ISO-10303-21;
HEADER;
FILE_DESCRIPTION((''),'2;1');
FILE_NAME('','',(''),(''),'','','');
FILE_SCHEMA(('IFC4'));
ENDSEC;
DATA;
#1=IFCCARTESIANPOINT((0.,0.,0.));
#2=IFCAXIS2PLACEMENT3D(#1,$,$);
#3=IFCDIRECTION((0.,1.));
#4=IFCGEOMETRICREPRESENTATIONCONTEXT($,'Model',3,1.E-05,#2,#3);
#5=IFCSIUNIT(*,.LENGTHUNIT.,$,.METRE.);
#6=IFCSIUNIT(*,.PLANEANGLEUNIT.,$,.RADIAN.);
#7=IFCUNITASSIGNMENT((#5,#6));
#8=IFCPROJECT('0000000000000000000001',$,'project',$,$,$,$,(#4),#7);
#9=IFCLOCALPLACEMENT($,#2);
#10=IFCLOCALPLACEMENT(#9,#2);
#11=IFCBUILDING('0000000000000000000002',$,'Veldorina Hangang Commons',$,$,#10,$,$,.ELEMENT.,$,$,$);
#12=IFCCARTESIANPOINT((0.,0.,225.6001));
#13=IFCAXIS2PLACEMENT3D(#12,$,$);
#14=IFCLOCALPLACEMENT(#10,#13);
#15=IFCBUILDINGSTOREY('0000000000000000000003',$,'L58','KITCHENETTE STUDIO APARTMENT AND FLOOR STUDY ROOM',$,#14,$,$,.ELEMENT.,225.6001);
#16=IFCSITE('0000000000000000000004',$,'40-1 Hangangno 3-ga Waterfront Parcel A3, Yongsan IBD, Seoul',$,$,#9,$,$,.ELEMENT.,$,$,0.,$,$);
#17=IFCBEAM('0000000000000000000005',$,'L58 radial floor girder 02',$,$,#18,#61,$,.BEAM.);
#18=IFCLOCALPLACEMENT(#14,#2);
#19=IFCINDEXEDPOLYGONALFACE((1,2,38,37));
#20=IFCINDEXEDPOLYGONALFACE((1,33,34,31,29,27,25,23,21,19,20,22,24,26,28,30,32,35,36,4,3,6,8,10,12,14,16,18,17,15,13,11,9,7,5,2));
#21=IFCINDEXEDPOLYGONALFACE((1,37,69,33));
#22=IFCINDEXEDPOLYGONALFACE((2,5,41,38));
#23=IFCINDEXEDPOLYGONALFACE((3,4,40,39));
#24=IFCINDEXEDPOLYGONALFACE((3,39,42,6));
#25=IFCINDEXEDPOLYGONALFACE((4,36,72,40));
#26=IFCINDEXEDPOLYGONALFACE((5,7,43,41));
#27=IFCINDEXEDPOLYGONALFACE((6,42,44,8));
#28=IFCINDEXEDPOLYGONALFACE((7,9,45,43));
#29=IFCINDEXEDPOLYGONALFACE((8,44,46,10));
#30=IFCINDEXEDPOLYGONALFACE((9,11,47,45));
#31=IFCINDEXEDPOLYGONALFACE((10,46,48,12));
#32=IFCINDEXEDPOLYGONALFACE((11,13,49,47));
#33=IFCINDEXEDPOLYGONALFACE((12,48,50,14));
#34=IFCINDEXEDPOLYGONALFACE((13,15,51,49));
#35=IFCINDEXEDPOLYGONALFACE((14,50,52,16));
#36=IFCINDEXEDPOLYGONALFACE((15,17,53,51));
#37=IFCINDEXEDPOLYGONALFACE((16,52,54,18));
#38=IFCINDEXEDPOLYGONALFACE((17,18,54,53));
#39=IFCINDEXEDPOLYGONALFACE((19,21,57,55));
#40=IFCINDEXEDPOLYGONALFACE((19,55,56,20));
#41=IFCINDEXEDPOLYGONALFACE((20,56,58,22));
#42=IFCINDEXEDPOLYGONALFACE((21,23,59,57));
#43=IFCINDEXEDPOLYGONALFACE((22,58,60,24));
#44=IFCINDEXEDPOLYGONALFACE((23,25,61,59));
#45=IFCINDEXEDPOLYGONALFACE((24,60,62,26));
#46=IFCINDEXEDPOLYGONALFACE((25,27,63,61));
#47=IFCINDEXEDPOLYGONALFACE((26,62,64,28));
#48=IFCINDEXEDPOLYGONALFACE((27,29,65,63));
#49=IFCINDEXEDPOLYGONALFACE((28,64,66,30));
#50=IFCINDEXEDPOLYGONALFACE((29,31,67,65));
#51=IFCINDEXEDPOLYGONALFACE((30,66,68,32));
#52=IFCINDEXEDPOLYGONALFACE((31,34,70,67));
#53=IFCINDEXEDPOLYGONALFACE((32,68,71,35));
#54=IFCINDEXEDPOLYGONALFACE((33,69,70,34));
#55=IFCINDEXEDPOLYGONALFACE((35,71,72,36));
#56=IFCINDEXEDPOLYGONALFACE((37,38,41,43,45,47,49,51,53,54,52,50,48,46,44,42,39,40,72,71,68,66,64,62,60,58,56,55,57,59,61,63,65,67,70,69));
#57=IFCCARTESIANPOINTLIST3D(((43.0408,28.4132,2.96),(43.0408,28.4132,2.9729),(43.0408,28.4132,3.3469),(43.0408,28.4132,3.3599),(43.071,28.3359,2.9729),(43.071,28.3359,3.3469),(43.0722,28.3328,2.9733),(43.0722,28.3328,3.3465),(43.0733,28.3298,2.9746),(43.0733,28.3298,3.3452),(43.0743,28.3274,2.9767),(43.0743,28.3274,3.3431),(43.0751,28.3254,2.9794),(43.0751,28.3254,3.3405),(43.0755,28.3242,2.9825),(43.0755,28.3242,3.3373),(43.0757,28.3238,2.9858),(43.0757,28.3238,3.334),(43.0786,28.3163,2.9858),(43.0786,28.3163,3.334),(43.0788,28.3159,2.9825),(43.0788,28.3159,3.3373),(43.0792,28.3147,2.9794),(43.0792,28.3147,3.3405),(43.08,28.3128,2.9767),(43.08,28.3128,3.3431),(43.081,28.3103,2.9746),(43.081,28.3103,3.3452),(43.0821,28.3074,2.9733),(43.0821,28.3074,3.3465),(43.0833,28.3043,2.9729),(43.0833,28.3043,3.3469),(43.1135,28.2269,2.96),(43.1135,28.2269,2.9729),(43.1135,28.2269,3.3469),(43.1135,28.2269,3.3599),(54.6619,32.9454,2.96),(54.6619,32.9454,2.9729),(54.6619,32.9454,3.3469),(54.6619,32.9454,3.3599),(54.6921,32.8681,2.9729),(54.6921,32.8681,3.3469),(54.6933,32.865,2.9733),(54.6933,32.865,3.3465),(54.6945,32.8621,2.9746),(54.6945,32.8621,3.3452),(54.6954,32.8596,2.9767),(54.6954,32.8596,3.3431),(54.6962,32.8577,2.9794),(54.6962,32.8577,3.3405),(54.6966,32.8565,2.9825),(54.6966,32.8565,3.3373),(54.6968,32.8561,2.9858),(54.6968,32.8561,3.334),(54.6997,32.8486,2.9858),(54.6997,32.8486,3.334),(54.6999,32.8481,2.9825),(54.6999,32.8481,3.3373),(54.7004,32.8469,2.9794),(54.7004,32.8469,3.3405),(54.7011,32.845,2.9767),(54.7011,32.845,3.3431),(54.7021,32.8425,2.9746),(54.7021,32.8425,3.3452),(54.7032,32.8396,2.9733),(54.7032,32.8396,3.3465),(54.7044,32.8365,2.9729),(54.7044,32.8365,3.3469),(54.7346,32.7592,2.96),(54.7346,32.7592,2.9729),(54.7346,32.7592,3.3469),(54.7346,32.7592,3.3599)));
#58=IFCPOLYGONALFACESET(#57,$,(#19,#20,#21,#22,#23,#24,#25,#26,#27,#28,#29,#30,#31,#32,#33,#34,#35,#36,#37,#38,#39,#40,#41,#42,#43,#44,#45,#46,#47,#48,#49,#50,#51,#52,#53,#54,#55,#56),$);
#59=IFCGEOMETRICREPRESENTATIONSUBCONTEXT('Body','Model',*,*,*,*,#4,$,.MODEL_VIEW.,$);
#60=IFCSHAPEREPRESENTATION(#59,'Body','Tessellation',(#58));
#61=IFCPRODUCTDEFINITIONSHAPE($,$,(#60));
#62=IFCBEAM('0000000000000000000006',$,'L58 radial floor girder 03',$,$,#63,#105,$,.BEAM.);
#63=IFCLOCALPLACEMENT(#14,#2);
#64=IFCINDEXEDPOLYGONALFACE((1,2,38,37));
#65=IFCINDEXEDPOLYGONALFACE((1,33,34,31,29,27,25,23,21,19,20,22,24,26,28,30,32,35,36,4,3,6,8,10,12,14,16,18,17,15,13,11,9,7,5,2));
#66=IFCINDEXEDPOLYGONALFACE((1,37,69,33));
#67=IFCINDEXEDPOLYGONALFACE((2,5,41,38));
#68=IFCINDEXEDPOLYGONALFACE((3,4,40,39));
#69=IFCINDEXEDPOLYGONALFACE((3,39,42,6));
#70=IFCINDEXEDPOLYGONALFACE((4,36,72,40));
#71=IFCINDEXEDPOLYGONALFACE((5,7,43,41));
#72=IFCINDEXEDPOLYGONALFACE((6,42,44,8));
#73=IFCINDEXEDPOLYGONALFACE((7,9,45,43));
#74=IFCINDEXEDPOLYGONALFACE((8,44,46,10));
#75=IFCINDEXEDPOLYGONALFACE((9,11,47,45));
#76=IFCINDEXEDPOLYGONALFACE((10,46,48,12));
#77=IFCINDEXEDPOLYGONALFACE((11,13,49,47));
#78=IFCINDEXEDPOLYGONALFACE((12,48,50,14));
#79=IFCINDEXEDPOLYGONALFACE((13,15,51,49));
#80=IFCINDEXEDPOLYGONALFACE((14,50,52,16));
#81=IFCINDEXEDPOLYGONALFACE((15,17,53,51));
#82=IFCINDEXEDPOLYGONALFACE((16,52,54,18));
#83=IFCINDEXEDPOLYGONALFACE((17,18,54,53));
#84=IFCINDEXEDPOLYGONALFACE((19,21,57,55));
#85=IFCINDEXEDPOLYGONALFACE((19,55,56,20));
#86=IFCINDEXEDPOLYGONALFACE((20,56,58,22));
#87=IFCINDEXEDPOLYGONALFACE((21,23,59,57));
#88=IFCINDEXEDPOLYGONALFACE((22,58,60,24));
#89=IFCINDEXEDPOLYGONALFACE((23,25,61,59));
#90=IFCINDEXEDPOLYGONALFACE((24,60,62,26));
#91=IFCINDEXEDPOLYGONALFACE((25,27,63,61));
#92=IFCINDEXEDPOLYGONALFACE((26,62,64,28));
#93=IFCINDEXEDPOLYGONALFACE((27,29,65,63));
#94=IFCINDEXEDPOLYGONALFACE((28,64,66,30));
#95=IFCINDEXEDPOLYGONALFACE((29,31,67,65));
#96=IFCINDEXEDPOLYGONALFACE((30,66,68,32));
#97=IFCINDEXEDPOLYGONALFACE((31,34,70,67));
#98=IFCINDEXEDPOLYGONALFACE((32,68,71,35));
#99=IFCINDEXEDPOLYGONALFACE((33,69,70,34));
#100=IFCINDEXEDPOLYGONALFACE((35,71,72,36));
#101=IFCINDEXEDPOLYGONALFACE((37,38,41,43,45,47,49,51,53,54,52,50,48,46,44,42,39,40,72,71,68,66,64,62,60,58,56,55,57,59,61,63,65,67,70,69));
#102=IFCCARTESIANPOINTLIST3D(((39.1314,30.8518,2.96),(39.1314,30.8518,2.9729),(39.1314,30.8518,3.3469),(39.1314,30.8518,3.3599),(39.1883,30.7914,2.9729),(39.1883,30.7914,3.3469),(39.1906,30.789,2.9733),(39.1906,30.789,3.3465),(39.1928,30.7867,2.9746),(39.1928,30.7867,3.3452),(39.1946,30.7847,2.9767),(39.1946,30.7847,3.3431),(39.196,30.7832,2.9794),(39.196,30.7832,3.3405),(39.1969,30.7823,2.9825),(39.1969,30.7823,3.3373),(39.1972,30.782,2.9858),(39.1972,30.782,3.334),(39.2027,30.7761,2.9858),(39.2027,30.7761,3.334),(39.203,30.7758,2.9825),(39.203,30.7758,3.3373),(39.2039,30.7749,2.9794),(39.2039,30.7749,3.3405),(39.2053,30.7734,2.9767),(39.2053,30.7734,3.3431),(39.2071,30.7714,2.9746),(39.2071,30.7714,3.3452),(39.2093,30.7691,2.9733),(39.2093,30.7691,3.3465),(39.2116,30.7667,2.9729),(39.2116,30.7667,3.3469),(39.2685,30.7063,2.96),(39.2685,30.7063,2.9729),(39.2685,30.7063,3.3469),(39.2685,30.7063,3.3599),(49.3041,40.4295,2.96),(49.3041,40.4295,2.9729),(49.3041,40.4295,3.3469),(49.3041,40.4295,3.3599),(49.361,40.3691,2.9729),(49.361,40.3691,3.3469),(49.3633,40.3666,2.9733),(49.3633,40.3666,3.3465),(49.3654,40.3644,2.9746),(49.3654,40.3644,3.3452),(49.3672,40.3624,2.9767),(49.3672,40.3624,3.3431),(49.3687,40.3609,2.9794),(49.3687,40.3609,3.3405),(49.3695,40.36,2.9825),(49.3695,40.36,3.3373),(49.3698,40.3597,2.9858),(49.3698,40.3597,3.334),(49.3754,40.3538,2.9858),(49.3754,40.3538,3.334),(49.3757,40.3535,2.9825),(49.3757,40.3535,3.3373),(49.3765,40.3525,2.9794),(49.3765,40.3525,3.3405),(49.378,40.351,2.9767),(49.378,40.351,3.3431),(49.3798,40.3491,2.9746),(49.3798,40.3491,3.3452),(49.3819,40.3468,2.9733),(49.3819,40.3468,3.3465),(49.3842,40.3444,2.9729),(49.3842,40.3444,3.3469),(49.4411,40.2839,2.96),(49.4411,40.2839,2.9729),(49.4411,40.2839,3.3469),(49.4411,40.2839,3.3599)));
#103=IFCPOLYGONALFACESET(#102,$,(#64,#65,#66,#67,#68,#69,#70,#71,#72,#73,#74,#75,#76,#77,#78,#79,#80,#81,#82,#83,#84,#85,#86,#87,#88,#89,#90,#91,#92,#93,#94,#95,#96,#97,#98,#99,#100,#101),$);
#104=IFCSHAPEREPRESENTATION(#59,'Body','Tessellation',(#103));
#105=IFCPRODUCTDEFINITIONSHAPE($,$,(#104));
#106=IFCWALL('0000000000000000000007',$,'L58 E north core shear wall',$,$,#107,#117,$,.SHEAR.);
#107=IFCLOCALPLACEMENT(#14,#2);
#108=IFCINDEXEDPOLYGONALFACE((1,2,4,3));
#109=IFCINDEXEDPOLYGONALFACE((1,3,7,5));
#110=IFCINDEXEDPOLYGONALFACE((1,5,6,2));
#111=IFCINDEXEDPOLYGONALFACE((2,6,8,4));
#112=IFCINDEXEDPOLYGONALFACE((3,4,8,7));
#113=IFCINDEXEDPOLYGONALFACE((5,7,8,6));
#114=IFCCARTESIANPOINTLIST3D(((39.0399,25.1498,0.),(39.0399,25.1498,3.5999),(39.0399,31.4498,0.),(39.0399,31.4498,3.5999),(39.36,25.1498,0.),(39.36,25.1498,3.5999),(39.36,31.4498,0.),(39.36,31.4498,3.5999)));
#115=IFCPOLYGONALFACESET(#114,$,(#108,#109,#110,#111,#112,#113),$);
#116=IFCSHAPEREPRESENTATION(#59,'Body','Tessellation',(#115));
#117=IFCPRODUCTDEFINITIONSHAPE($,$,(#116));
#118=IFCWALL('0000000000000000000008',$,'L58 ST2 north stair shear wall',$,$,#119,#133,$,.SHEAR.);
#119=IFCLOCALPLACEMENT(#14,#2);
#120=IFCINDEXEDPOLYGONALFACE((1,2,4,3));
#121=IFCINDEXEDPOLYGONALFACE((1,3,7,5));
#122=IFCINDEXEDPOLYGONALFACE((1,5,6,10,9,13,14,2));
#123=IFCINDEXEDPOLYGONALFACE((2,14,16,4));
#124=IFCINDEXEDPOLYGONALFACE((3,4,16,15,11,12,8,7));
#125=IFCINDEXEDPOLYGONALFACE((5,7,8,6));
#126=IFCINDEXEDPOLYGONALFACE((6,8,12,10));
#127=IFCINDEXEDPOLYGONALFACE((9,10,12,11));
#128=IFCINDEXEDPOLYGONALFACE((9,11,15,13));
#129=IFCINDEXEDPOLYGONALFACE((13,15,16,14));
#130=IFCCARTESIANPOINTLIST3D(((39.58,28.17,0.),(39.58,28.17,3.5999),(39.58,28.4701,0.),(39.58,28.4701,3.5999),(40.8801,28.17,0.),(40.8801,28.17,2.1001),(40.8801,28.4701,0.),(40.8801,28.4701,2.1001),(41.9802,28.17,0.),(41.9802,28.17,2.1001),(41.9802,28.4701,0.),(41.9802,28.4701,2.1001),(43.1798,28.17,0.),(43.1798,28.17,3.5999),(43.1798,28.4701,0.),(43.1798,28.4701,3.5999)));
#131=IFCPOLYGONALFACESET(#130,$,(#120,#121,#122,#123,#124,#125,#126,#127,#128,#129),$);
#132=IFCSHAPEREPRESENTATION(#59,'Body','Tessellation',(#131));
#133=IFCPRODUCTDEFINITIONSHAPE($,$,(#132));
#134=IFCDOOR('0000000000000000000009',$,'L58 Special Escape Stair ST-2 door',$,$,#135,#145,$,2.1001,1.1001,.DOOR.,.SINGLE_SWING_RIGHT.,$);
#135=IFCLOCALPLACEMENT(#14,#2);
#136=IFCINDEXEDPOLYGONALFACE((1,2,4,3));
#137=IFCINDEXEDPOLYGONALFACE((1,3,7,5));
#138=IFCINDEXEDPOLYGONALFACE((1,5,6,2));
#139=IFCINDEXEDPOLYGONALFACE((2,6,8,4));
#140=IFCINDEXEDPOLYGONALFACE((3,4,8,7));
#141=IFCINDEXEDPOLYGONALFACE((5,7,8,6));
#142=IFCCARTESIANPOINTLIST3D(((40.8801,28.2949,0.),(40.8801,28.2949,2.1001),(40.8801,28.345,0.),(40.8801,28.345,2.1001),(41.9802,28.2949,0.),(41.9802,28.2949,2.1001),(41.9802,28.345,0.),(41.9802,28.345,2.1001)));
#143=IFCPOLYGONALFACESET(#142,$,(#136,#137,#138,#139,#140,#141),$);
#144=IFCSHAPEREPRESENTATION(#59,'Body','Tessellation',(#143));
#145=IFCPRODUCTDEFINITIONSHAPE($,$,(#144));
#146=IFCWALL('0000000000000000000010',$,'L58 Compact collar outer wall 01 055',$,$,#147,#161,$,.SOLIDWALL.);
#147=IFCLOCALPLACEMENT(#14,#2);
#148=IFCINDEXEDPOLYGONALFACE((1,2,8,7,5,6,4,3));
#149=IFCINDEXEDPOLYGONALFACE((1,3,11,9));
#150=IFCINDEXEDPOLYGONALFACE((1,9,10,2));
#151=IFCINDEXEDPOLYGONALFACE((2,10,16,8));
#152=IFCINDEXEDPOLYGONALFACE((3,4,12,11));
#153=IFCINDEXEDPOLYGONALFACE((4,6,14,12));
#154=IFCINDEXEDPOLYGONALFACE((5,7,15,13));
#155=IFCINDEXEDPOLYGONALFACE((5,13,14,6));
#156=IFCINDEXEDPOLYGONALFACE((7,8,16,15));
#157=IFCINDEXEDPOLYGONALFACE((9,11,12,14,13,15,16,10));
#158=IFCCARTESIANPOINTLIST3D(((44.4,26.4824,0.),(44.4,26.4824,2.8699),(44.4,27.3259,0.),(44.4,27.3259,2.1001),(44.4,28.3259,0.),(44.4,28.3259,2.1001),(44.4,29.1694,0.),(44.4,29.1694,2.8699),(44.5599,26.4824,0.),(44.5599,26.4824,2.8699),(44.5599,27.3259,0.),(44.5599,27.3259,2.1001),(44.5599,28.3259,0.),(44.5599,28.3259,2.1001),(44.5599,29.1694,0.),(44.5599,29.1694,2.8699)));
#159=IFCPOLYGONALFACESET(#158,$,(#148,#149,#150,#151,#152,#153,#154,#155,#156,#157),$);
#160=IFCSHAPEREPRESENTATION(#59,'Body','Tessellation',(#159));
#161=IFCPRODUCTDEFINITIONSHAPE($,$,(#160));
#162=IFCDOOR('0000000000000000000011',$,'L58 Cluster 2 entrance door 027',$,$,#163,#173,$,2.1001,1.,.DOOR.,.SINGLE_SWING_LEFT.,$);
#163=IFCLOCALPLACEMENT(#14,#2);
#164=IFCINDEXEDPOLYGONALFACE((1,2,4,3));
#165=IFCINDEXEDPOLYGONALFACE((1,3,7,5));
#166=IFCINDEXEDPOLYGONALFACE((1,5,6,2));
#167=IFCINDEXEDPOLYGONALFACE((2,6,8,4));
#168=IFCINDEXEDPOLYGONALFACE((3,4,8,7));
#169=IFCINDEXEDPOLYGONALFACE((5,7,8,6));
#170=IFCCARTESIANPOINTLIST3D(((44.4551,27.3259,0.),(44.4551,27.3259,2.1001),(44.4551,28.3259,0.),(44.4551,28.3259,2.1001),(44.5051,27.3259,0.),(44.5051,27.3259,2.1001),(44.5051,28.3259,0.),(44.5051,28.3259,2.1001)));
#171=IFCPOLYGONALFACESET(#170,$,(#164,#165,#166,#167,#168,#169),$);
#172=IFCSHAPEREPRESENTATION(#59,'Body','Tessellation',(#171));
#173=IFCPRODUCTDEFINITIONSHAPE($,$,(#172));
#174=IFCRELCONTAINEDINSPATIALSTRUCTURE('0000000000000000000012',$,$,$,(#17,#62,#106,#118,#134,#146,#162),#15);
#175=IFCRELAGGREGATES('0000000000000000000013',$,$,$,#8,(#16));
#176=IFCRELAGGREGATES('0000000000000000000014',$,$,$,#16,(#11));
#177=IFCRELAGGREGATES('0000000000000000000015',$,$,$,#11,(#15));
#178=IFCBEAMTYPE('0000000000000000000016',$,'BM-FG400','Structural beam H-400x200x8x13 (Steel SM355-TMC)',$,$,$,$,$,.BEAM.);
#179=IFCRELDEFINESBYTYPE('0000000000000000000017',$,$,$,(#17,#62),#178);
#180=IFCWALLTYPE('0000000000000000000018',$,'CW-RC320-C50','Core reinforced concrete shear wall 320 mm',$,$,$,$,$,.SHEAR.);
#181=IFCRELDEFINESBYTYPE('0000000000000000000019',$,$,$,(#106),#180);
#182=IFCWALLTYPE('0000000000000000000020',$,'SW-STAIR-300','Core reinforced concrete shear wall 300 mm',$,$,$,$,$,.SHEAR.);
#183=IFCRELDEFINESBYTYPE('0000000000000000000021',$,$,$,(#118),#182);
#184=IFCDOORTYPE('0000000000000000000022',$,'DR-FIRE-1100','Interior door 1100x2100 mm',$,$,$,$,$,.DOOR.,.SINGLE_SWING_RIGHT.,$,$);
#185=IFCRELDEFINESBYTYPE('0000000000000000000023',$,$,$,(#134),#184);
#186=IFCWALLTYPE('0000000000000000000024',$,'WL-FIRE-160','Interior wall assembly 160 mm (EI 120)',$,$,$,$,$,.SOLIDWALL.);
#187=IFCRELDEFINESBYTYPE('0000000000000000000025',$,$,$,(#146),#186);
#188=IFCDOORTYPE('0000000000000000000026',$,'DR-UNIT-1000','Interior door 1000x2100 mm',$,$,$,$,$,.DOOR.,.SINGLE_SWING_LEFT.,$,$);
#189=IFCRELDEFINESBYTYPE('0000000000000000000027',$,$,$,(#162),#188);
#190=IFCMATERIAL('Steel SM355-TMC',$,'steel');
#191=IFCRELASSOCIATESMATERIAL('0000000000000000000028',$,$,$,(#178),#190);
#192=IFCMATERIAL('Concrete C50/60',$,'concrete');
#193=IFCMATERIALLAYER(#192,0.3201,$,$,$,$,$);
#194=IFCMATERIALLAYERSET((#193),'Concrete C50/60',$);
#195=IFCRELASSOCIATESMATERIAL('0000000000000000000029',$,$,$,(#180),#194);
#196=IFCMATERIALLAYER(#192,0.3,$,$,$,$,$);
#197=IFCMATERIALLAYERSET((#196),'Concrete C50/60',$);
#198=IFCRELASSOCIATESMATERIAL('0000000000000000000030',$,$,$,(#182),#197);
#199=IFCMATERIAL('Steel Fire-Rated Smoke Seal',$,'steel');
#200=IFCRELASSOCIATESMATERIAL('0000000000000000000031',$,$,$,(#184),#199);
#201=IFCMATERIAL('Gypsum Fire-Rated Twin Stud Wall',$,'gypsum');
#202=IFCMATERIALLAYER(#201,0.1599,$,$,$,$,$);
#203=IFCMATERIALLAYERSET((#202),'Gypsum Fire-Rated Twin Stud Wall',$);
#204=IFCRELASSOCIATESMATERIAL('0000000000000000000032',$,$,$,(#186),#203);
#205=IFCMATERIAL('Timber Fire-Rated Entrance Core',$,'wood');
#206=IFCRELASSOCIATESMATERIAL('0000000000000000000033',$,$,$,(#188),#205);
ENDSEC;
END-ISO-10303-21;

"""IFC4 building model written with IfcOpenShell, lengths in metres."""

from ifc_helpers import new_model, si_unit, direction, frame, frame_2d, origin, origin_2d, place, context, subcontext, project, spatial, rectangle, i_section, extrude, material, layer, layer_set, material_profile, profile_set, type_object, element, fill, save


model = new_model("IFC4")

# Units and contexts
model_context = context("Model", 3, precision=1e-05, world=origin(), true_north=direction((0.0, 1.0)))
body_context = subcontext(model_context, "Body", "Model", "MODEL_VIEW")
ifc_project = project(units=[si_unit("LENGTHUNIT", "METRE"), si_unit("PLANEANGLEUNIT", "RADIAN")], contexts=[model_context])

# Site, building, storey
site_placement = place(None, origin())
site = spatial("IfcSite", under=ifc_project, at=site_placement, Name="40-1 Hangangno 3-ga Waterfront Parcel A3, Yongsan IBD, Seoul", CompositionType="ELEMENT", RefElevation=0.0)
building_placement = place(site_placement, origin())
building = spatial("IfcBuilding", under=site, at=building_placement, Name="Veldorina Hangang Commons", CompositionType="ELEMENT")
storey_placement = place(building_placement, frame((0.0, 0.0, 225.6001)))
storey = spatial("IfcBuildingStorey", under=building, at=storey_placement, Name="L58", Description="KITCHENETTE STUDIO APARTMENT AND FLOOR STUDY ROOM", CompositionType="ELEMENT", Elevation=225.6001)

# Beams
ifc_material_1 = material(Name="Steel SM355-TMC", Category="steel")
ifc_material_profile = material_profile(ifc_material_1, i_section(OverallWidth=0.2, OverallDepth=0.3999, WebThickness=0.0081, FlangeThickness=0.0129, FilletRadius=0.0129, at=origin_2d()), Name="H-400x200x8x13")
ifc_profile_set = profile_set([ifc_material_profile], Name="Steel SM355-TMC")
beam_type = type_object("IfcBeamType", Name="BM-FG400", Description="Structural beam H-400x200x8x13 (Steel SM355-TMC)", PredefinedType="BEAM", material=ifc_profile_set)
beam_1_placement = place(storey_placement, frame((43.0771, 28.3201, 3.1599), z_axis=(0.931655, 0.363345, 0.0), x_axis=(-0.363345, 0.931655, 0.0)))
element("IfcBeam", 1, at=beam_1_placement, inside=storey, type_object=beam_type, Name="L58 radial floor girder 02", PredefinedType="BEAM", context=body_context, shape_type="SweptSolid", body=[
    extrude(i_section(OverallWidth=0.2, OverallDepth=0.3999, WebThickness=0.0081, FlangeThickness=0.0129, FilletRadius=0.0129, at=origin_2d()), origin(), (0.0, 0.0, 1.0), 12.4736),
])
beam_2_placement = place(storey_placement, frame((39.2, 30.7791, 3.1599), z_axis=(0.728078, 0.685494, 0.0), x_axis=(-0.685494, 0.728078, 0.0)))
element("IfcBeam", 2, at=beam_2_placement, inside=storey, type_object=beam_type, Name="L58 radial floor girder 03", PredefinedType="BEAM", context=body_context, shape_type="SweptSolid", body=[
    extrude(i_section(OverallWidth=0.2, OverallDepth=0.3999, WebThickness=0.0081, FlangeThickness=0.0129, FilletRadius=0.0129, at=origin_2d()), origin(), (0.0, 0.0, 1.0), 13.9719),
])

# Wall
ifc_material_2 = material(Name="Concrete C50/60", Category="concrete")
ifc_layer_1 = layer(ifc_material_2, 0.3201)
ifc_layer_set_1 = layer_set([ifc_layer_1], Name="Concrete C50/60")
wall_type_1 = type_object("IfcWallType", Name="CW-RC320-C50", Description="Core reinforced concrete shear wall 320 mm", PredefinedType="SHEAR", material=ifc_layer_set_1)
wall_1_placement = place(storey_placement, frame((39.2, 25.1499, 0.0), z_axis=(0.0, 0.0, 1.0), x_axis=(0.0, 1.0, 0.0)))
element("IfcWall", 3, at=wall_1_placement, inside=storey, type_object=wall_type_1, Name="L58 E north core shear wall", PredefinedType="SHEAR", context=body_context, shape_type="SweptSolid", body=[
    extrude(rectangle(XDim=6.3, YDim=0.3201, at=frame_2d((3.1499, 0.0))), origin(), (0.0, 0.0, 1.0), 3.5999),
])

# Walls, openings, doors
ifc_layer_2 = layer(ifc_material_2, 0.3)
ifc_layer_set_2 = layer_set([ifc_layer_2], Name="Concrete C50/60")
wall_type_2 = type_object("IfcWallType", Name="SW-STAIR-300", Description="Core reinforced concrete shear wall 300 mm", PredefinedType="SHEAR", material=ifc_layer_set_2)
wall_2_placement = place(storey_placement, frame((39.5801, 28.3201, 0.0), z_axis=(0.0, 0.0, 1.0), x_axis=(1.0, 0.0, 0.0)))
wall_2 = element("IfcWall", 4, at=wall_2_placement, inside=storey, type_object=wall_type_2, Name="L58 ST2 north stair shear wall", PredefinedType="SHEAR", context=body_context, shape_type="SweptSolid", body=[
    extrude(rectangle(XDim=3.5999, YDim=0.3, at=frame_2d((1.7998, 0.0))), origin(), (0.0, 0.0, 1.0), 3.5999),
])
opening_1_placement = place(wall_2_placement, frame((1.3, 0.0, 0.0)))
opening_1 = element("IfcOpeningElement", 5, at=opening_1_placement, cuts=wall_2, PredefinedType="OPENING", context=body_context, shape_type="SweptSolid", body=[
    extrude(rectangle(XDim=1.1001, YDim=2.1001, at=frame_2d((0.55, 1.05))), frame((0.0, 0.1602, 0.0), z_axis=(0.0, -1.0, 0.0), x_axis=(1.0, 0.0, 0.0)), (0.0, 0.0, 1.0), 0.3201),
])
ifc_material_3 = material(Name="Steel Fire-Rated Smoke Seal", Category="steel")
door_type_1 = type_object("IfcDoorType", Name="DR-FIRE-1100", Description="Interior door 1100x2100 mm", OperationType="SINGLE_SWING_RIGHT", PredefinedType="DOOR", material=ifc_material_3)
door_1_placement = place(opening_1_placement, origin())
door_1 = element("IfcDoor", 6, at=door_1_placement, inside=storey, type_object=door_type_1, Name="L58 Special Escape Stair ST-2 door", OperationType="SINGLE_SWING_RIGHT", OverallHeight=2.1001, OverallWidth=1.1001, PredefinedType="DOOR", context=body_context, shape_type="SweptSolid", body=[
    extrude(rectangle(XDim=1.1001, YDim=2.1001, at=frame_2d((0.55, 1.05))), frame((0.0, 0.0249, 0.0), z_axis=(0.0, -1.0, 0.0), x_axis=(1.0, 0.0, 0.0)), (0.0, 0.0, 1.0), 0.05),
])
fill(opening_1, door_1)
ifc_material_4 = material(Name="Gypsum Fire-Rated Twin Stud Wall", Category="gypsum")
ifc_layer_3 = layer(ifc_material_4, 0.1599)
ifc_layer_set_3 = layer_set([ifc_layer_3], Name="Gypsum Fire-Rated Twin Stud Wall")
wall_type_3 = type_object("IfcWallType", Name="WL-FIRE-160", Description="Interior wall assembly 160 mm (EI 120)", PredefinedType="SOLIDWALL", material=ifc_layer_set_3)
wall_3_placement = place(storey_placement, frame((44.48, 26.4824, 0.0), z_axis=(0.0, 0.0, 1.0), x_axis=(0.0, 1.0, 0.0)))
wall_3 = element("IfcWall", 7, at=wall_3_placement, inside=storey, type_object=wall_type_3, Name="L58 Compact collar outer wall 01 055", PredefinedType="SOLIDWALL", context=body_context, shape_type="SweptSolid", body=[
    extrude(rectangle(XDim=2.687, YDim=0.1599, at=frame_2d((1.3435, 0.0))), origin(), (0.0, 0.0, 1.0), 2.8699),
])
opening_2_placement = place(wall_3_placement, frame((0.8435, 0.0, 0.0)))
opening_2 = element("IfcOpeningElement", 8, at=opening_2_placement, cuts=wall_3, PredefinedType="OPENING", context=body_context, shape_type="SweptSolid", body=[
    extrude(rectangle(XDim=1.0, YDim=2.1001, at=frame_2d((0.5, 1.05))), frame((0.0, 0.0898, 0.0), z_axis=(0.0, -1.0, 0.0), x_axis=(1.0, 0.0, 0.0)), (0.0, 0.0, 1.0), 0.1799),
])
ifc_material_5 = material(Name="Timber Fire-Rated Entrance Core", Category="wood")
door_type_2 = type_object("IfcDoorType", Name="DR-UNIT-1000", Description="Interior door 1000x2100 mm", OperationType="SINGLE_SWING_LEFT", PredefinedType="DOOR", material=ifc_material_5)
door_2_placement = place(opening_2_placement, origin())
door_2 = element("IfcDoor", 9, at=door_2_placement, inside=storey, type_object=door_type_2, Name="L58 Cluster 2 entrance door 027", OperationType="SINGLE_SWING_LEFT", OverallHeight=2.1001, OverallWidth=1.0, PredefinedType="DOOR", context=body_context, shape_type="SweptSolid", body=[
    extrude(rectangle(XDim=1.0, YDim=2.1001, at=frame_2d((0.5, 1.05))), frame((0.0, 0.0249, 0.0), z_axis=(0.0, -1.0, 0.0), x_axis=(1.0, 0.0, 0.0)), (0.0, 0.0, 1.0), 0.05),
])
fill(opening_2, door_2)

save(model, "model.ifc")
